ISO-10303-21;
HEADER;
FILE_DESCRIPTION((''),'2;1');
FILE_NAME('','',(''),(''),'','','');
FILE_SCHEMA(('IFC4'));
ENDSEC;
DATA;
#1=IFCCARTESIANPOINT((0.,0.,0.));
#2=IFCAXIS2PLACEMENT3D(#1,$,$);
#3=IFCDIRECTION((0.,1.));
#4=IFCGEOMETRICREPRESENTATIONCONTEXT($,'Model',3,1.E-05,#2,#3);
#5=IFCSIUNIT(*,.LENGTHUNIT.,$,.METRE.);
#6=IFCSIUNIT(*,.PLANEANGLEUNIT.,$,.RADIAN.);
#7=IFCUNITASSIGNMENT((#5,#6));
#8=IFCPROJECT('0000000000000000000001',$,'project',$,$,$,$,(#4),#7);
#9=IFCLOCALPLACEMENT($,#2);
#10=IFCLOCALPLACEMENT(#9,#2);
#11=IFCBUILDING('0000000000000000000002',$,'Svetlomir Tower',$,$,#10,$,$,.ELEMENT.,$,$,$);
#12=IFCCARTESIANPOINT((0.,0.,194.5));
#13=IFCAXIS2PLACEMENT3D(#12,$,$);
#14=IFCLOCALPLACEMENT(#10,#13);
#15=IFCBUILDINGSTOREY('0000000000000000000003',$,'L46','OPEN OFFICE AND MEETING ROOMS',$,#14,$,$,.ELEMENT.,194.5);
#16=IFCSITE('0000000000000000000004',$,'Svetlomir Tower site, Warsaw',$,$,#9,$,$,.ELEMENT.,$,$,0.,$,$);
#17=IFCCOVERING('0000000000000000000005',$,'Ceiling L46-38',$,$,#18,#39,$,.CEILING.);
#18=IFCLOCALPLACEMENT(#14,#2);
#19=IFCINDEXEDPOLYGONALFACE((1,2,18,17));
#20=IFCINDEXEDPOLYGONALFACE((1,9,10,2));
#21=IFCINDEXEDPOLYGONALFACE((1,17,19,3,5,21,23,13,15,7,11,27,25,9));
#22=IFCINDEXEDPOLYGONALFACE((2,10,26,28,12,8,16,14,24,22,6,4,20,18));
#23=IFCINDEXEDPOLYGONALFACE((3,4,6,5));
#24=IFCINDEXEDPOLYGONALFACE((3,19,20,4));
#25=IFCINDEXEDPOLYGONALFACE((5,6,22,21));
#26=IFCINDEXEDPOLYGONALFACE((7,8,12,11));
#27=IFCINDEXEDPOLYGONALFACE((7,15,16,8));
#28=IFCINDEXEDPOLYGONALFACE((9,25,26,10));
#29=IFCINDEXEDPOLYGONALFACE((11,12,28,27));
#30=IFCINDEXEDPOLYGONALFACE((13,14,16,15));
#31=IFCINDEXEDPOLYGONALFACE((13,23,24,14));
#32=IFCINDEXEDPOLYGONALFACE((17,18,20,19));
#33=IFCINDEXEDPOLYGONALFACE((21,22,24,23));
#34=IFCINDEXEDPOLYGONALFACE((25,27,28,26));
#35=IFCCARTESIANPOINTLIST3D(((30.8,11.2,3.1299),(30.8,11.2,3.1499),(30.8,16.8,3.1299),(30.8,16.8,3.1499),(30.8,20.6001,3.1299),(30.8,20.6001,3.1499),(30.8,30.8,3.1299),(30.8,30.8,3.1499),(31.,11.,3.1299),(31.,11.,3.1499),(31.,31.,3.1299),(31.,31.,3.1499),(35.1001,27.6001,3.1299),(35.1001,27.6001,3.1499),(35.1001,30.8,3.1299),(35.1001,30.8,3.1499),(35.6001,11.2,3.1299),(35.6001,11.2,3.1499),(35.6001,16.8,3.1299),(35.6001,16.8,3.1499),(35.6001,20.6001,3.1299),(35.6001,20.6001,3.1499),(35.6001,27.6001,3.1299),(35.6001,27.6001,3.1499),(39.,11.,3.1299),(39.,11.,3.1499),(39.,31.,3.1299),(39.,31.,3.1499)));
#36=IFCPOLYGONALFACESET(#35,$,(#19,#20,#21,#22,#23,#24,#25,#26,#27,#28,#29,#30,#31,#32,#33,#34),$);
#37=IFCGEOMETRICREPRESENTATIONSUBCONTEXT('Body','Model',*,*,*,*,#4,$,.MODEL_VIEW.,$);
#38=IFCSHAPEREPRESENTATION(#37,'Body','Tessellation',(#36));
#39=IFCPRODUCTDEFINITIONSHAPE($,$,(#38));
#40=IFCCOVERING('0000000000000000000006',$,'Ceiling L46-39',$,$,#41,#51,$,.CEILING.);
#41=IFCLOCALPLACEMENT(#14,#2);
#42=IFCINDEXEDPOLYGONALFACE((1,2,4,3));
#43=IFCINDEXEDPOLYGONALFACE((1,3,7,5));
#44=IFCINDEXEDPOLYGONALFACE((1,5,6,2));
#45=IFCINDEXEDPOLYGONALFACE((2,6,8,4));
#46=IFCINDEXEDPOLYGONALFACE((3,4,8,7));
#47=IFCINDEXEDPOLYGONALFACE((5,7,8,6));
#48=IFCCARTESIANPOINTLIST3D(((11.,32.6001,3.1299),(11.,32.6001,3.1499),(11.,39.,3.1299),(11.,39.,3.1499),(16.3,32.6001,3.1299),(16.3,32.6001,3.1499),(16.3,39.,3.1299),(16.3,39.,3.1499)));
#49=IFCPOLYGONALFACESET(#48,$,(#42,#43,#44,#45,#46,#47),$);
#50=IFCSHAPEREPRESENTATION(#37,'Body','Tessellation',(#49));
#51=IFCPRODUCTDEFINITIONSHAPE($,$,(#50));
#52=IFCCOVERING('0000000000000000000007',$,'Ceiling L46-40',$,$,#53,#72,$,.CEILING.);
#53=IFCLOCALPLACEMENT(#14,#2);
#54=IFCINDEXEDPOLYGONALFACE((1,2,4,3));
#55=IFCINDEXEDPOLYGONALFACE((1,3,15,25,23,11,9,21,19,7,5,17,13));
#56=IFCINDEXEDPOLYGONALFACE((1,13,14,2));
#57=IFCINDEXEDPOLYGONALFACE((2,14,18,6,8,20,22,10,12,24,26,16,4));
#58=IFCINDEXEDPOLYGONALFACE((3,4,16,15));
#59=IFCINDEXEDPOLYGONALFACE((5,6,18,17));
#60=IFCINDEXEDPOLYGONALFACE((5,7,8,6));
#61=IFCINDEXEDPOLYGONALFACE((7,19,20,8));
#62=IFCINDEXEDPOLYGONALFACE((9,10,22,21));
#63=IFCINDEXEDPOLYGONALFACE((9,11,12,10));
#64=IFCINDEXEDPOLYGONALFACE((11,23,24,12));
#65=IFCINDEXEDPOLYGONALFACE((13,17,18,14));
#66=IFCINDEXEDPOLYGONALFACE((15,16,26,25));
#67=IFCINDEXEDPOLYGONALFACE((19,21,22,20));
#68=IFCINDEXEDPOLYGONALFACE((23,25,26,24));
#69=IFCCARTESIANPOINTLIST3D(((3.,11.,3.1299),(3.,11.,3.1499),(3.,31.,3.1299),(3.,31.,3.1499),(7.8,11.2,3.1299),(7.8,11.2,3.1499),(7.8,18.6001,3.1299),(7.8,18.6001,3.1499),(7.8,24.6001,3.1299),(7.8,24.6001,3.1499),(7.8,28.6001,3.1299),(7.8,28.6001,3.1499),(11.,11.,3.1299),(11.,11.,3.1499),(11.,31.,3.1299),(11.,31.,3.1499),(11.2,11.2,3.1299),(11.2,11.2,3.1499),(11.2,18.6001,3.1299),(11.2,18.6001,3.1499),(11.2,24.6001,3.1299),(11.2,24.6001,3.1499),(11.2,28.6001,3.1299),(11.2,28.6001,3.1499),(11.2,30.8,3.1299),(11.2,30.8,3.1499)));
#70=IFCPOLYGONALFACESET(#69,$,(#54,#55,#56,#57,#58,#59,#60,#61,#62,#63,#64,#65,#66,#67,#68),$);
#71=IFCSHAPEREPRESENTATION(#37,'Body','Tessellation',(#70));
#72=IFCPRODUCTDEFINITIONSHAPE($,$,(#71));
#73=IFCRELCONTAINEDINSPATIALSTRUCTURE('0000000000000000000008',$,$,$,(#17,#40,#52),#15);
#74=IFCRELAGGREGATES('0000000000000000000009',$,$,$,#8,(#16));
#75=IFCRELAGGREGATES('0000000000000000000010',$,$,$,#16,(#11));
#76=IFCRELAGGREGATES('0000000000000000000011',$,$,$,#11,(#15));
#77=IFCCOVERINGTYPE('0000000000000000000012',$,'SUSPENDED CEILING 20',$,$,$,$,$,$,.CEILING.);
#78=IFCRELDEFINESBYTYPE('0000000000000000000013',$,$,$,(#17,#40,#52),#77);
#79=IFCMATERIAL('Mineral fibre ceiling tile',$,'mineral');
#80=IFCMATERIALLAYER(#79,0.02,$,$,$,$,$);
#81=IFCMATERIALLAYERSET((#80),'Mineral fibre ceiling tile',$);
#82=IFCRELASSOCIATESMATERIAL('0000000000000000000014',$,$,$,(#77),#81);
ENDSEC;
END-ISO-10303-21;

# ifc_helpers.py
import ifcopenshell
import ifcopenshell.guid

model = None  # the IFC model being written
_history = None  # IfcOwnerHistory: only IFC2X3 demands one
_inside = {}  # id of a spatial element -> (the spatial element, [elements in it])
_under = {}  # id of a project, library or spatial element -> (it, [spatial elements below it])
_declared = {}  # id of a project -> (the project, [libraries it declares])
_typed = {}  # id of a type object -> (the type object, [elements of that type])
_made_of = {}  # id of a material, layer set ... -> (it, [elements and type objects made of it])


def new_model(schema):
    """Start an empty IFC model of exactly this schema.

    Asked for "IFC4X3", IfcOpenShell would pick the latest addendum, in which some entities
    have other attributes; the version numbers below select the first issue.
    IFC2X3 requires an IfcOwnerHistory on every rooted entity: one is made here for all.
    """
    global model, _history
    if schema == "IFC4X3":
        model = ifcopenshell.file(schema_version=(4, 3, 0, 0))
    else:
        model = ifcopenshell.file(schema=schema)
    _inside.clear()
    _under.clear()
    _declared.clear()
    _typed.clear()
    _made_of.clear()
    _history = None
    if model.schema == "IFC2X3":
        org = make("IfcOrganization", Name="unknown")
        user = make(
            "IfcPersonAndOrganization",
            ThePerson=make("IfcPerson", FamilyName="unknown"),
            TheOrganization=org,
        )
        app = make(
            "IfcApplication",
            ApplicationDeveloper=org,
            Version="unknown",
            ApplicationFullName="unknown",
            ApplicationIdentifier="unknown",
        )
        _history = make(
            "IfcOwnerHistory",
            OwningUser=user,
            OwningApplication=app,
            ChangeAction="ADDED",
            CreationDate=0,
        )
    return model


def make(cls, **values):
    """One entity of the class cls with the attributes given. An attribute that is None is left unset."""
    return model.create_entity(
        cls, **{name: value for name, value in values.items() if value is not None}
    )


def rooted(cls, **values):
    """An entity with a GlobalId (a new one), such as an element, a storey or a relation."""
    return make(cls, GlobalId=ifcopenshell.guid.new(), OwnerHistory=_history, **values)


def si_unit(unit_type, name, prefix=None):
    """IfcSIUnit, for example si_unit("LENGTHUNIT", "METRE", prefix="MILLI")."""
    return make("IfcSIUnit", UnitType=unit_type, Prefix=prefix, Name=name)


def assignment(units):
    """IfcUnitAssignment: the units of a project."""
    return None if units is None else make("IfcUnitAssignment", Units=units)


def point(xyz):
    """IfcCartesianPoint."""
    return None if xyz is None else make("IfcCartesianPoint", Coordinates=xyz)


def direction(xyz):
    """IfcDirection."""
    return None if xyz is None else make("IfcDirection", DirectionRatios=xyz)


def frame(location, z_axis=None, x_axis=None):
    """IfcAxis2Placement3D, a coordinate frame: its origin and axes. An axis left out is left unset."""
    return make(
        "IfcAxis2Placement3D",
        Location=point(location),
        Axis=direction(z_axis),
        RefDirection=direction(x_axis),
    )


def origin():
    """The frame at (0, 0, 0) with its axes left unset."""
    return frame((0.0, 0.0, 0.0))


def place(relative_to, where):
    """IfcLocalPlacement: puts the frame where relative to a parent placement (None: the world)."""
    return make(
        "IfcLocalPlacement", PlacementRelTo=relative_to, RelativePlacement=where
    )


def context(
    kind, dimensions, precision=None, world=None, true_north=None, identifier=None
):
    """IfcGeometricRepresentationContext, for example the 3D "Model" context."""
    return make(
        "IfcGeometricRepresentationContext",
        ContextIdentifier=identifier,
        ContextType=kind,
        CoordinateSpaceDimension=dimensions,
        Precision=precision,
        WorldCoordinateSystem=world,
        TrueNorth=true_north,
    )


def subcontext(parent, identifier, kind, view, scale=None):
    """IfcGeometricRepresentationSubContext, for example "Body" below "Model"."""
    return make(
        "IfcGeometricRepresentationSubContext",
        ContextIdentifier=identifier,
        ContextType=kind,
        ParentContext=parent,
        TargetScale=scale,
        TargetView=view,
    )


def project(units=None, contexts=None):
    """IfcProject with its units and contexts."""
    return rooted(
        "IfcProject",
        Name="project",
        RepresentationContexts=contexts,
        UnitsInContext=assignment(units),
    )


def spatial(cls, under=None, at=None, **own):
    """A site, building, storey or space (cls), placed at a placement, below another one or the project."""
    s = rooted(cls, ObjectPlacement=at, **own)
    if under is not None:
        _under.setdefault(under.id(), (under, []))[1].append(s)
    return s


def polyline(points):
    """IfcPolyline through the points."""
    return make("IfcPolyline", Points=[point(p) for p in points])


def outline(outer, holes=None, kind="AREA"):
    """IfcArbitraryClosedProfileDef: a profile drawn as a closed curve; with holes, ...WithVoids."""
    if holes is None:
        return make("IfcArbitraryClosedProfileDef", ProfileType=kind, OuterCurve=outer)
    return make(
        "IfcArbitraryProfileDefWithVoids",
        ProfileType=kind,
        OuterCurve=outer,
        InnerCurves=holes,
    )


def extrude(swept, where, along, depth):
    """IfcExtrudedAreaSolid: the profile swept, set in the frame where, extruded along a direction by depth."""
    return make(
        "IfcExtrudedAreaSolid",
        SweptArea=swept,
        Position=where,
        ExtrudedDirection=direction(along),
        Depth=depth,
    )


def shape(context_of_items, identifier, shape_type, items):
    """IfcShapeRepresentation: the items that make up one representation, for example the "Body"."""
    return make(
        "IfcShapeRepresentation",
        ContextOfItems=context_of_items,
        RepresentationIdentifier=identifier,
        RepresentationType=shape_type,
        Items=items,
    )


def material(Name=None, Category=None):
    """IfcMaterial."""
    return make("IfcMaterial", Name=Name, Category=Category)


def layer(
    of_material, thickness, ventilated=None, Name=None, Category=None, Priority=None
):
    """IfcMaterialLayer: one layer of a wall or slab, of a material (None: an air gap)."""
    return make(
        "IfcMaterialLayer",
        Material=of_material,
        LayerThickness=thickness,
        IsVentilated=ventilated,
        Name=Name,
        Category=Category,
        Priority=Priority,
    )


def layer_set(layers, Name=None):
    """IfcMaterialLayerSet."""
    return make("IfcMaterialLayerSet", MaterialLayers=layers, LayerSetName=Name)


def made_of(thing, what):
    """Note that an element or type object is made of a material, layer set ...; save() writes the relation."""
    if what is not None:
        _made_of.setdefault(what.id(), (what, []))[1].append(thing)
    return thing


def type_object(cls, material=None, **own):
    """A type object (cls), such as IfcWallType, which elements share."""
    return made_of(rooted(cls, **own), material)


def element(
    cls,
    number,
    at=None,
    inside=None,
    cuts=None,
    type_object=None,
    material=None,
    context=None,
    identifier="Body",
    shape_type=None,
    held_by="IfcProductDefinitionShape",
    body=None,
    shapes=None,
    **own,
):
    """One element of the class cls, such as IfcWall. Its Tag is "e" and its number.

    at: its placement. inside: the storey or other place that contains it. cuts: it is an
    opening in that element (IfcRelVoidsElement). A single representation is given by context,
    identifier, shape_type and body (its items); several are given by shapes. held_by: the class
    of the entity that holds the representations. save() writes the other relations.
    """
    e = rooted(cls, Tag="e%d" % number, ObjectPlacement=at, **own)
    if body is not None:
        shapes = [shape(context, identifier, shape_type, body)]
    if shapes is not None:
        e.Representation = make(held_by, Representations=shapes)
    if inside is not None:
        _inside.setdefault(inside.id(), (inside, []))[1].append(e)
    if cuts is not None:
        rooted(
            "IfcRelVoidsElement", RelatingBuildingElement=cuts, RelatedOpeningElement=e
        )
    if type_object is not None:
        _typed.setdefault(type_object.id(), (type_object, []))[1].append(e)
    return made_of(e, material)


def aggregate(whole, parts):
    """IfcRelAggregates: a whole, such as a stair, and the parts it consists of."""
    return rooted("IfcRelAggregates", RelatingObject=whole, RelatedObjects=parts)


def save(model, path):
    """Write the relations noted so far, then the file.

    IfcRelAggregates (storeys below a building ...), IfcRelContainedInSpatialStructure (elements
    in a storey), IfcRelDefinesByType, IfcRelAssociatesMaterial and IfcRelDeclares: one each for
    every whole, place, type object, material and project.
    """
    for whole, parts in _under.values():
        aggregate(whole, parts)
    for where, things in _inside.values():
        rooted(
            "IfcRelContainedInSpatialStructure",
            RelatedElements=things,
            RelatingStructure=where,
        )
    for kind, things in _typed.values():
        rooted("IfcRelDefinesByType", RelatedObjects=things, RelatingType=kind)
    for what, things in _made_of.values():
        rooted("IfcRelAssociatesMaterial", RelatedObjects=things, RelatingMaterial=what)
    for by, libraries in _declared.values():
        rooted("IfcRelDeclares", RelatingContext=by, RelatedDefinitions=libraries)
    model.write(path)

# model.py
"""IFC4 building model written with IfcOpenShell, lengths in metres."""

from ifc_helpers import new_model, si_unit, direction, frame, origin, place, context, subcontext, project, spatial, polyline, outline, extrude, material, layer, layer_set, type_object, element, save


model = new_model("IFC4")

# Units and contexts
model_context = context("Model", 3, precision=1e-05, world=origin(), true_north=direction((0.0, 1.0)))
body_context = subcontext(model_context, "Body", "Model", "MODEL_VIEW")
ifc_project = project(units=[si_unit("LENGTHUNIT", "METRE"), si_unit("PLANEANGLEUNIT", "RADIAN")], contexts=[model_context])

# Site, building, storey
site_placement = place(None, origin())
site = spatial("IfcSite", under=ifc_project, at=site_placement, Name="Svetlomir Tower site, Warsaw", CompositionType="ELEMENT", RefElevation=0.0)
building_placement = place(site_placement, origin())
building = spatial("IfcBuilding", under=site, at=building_placement, Name="Svetlomir Tower", CompositionType="ELEMENT")
storey_placement = place(building_placement, frame((0.0, 0.0, 194.5)))
storey = spatial("IfcBuildingStorey", under=building, at=storey_placement, Name="L46", Description="OPEN OFFICE AND MEETING ROOMS", CompositionType="ELEMENT", Elevation=194.5)

# Coverings
ifc_material_1 = material(Name="Mineral fibre ceiling tile", Category="mineral")
ifc_layer_1 = layer(ifc_material_1, 0.02)
ifc_layer_set_1 = layer_set([ifc_layer_1], Name="Mineral fibre ceiling tile")
covering_type_1 = type_object("IfcCoveringType", Name="SUSPENDED CEILING 20", PredefinedType="CEILING", material=ifc_layer_set_1)
covering_1_placement = place(storey_placement, frame((0.0, 0.0, 3.1299)))
element("IfcCovering", 1, at=covering_1_placement, inside=storey, type_object=covering_type_1, Name="Ceiling L46-38", PredefinedType="CEILING", context=body_context, shape_type="SweptSolid", body=[
    extrude(outline(polyline([(30.8, 30.8), (31.0, 31.0), (39.0, 31.0), (39.0, 11.0), (31.0, 11.0), (30.8, 11.2), (35.6001, 11.2), (35.6001, 16.8), (30.8, 16.8), (30.8, 20.6001), (35.6001, 20.6001), (35.6001, 27.6001), (35.1001, 27.6001), (35.1001, 30.8), (30.8, 30.8)])), origin(), (0.0, 0.0, 1.0), 0.02),
])
covering_2_placement = place(storey_placement, frame((0.0, 0.0, 3.1299)))
element("IfcCovering", 2, at=covering_2_placement, inside=storey, type_object=covering_type_1, Name="Ceiling L46-39", PredefinedType="CEILING", context=body_context, shape_type="SweptSolid", body=[
    extrude(outline(polyline([(16.3, 39.0), (16.3, 32.6001), (11.0, 32.6001), (11.0, 39.0), (16.3, 39.0)])), origin(), (0.0, 0.0, 1.0), 0.02),
])
covering_3_placement = place(storey_placement, frame((0.0, 0.0, 3.1299)))
element("IfcCovering", 3, at=covering_3_placement, inside=storey, type_object=covering_type_1, Name="Ceiling L46-40", PredefinedType="CEILING", context=body_context, shape_type="SweptSolid", body=[
    extrude(outline(polyline([(3.0, 31.0), (11.0, 31.0), (11.2, 30.8), (11.2, 28.6001), (7.8, 28.6001), (7.8, 24.6001), (11.2, 24.6001), (11.2, 18.6001), (7.8, 18.6001), (7.8, 11.2), (11.2, 11.2), (11.0, 11.0), (3.0, 11.0), (3.0, 31.0)])), origin(), (0.0, 0.0, 1.0), 0.02),
])

save(model, "model.ifc")
